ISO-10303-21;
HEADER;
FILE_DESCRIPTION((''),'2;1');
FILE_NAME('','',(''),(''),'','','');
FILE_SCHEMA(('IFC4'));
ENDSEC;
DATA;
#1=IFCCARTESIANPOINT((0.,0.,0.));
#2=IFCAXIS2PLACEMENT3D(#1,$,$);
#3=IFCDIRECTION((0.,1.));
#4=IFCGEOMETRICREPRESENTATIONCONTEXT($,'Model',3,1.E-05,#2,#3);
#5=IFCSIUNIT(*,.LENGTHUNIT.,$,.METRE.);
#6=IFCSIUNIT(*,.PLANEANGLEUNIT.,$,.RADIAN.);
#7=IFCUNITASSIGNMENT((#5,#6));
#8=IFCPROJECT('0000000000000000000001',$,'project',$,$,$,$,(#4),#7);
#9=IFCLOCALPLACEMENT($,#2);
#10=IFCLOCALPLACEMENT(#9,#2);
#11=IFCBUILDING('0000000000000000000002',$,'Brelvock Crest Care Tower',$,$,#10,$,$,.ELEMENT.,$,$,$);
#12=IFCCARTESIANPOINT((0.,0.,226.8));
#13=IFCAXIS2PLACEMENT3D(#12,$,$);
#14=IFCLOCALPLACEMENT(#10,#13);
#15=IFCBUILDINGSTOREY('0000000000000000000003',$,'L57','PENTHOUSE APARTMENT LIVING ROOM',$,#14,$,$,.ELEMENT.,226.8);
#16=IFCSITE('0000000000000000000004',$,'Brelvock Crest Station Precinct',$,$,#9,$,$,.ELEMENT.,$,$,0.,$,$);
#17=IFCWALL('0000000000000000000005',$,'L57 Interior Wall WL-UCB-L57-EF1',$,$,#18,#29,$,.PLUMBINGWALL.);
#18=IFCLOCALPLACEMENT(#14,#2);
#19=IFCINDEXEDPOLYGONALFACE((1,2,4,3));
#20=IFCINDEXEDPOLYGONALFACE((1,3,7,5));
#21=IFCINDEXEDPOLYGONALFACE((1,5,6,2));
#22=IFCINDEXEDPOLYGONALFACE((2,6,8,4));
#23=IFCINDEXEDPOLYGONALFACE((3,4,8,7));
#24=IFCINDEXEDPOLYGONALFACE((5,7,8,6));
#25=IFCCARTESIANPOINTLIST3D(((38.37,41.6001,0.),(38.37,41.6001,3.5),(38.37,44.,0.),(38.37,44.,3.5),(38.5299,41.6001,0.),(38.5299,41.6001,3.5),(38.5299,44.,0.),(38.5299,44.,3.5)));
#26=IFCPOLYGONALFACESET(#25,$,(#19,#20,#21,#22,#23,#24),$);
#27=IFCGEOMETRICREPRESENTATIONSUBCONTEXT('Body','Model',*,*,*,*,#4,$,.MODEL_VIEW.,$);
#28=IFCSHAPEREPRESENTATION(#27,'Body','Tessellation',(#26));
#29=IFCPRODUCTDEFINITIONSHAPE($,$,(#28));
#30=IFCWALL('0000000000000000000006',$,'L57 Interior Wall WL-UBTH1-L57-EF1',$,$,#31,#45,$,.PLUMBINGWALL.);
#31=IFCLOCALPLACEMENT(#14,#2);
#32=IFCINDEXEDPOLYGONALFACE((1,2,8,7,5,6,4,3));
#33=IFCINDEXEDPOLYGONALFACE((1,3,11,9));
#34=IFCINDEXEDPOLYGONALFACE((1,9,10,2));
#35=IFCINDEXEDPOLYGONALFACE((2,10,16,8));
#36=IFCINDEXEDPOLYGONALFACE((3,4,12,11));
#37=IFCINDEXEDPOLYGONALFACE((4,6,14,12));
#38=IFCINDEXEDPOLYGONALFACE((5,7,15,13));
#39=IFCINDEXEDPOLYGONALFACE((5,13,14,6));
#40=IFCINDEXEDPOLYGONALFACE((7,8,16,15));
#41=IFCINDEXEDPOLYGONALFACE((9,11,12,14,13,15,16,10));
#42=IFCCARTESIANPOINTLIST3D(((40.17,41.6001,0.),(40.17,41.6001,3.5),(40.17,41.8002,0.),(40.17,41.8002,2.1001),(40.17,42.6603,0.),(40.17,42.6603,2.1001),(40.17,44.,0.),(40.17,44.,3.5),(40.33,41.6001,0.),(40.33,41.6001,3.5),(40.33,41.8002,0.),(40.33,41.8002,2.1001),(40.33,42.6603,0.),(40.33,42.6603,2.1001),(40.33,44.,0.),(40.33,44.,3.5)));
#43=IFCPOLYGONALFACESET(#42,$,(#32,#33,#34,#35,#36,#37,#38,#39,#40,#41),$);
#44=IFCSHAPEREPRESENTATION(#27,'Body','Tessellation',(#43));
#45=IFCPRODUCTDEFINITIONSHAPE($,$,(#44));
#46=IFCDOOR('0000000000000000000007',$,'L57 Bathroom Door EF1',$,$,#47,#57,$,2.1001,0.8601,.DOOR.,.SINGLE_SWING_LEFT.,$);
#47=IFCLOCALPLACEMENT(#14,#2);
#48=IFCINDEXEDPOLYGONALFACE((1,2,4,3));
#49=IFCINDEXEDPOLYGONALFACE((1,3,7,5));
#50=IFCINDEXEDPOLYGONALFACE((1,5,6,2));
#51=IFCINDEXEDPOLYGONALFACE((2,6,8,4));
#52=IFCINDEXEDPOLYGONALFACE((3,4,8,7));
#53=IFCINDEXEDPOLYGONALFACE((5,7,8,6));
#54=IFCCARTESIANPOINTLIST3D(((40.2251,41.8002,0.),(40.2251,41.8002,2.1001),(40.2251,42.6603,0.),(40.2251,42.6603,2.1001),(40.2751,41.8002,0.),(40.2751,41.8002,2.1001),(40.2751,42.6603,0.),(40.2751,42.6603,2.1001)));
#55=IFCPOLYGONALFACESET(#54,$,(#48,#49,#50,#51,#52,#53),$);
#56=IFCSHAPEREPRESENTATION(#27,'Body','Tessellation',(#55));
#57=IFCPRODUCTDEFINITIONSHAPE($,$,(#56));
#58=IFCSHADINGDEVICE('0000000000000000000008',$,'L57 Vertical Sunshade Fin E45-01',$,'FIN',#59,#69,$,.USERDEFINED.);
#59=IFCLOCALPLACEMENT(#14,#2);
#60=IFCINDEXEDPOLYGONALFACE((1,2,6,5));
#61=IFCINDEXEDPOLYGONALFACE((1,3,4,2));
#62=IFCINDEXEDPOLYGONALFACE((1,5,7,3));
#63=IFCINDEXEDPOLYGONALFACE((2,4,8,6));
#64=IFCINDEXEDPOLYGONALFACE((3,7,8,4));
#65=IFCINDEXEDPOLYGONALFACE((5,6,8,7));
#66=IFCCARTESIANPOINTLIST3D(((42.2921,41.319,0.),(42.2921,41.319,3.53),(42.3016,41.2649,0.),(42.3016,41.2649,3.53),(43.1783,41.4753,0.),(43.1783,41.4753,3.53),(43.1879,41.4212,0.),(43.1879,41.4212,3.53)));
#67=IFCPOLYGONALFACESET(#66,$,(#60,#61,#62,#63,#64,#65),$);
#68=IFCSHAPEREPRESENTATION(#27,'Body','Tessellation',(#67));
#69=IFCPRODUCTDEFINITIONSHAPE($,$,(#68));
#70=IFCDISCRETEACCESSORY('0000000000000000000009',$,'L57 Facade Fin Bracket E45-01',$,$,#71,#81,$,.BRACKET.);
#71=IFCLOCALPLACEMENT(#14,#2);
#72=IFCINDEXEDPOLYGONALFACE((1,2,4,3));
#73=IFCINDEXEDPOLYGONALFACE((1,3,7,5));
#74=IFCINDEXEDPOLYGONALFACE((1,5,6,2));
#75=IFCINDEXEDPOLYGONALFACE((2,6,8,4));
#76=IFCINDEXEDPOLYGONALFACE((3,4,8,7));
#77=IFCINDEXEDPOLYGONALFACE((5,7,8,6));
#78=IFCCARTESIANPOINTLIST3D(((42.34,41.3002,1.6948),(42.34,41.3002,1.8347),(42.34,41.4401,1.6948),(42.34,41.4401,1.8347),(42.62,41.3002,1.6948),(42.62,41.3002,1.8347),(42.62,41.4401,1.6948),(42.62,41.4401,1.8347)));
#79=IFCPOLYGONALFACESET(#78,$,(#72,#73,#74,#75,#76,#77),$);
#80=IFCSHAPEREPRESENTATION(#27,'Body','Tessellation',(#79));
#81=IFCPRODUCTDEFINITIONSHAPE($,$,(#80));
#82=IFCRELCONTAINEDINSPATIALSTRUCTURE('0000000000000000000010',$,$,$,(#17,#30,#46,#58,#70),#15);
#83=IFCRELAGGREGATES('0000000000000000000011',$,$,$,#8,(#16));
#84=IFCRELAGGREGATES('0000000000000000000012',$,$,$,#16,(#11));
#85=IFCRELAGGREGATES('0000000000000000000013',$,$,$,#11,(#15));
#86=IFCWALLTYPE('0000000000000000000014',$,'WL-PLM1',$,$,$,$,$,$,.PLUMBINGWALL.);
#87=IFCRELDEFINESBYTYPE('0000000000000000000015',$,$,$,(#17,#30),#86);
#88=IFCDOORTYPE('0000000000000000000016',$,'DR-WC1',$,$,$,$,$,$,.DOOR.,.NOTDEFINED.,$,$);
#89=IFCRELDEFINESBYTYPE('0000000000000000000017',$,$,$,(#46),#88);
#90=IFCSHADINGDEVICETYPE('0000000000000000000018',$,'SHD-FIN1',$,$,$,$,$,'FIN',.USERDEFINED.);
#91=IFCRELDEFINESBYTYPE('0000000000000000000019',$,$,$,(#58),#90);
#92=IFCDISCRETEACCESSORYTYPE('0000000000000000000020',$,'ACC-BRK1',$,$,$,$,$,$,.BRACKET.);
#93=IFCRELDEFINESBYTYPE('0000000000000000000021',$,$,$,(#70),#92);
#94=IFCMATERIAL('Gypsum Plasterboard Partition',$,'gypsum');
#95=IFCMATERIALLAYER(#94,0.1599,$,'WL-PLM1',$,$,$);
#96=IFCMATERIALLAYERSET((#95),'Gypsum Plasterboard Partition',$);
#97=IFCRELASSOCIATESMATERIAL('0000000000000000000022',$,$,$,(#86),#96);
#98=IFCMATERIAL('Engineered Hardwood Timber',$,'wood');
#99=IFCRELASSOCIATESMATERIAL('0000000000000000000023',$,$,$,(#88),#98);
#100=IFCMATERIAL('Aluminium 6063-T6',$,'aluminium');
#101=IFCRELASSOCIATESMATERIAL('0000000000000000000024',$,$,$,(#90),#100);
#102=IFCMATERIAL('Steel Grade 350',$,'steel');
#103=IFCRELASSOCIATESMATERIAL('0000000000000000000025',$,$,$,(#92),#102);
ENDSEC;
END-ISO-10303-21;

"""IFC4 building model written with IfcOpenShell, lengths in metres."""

from ifc_helpers import new_model, si_unit, direction, frame, frame_2d, origin, origin_2d, place, context, subcontext, project, spatial, rectangle, extrude, source, transform, mapped, material, layer, layer_set, material_profile, profile_set, type_object, element, fill, save


model = new_model("IFC4")

# Units and contexts
model_context = context("Model", 3, precision=1e-05, world=origin(), true_north=direction((0.0, 1.0)))
body_context = subcontext(model_context, "Body", "Model", "MODEL_VIEW")
ifc_project = project(units=[si_unit("LENGTHUNIT", "METRE"), si_unit("PLANEANGLEUNIT", "RADIAN")], contexts=[model_context])

# Site, building, storey
site_placement = place(None, origin())
site = spatial("IfcSite", under=ifc_project, at=site_placement, Name="Brelvock Crest Station Precinct", CompositionType="ELEMENT", RefElevation=0.0)
building_placement = place(site_placement, origin())
building = spatial("IfcBuilding", under=site, at=building_placement, Name="Brelvock Crest Care Tower", CompositionType="ELEMENT")
storey_placement = place(building_placement, frame((0.0, 0.0, 226.8)))
storey = spatial("IfcBuildingStorey", under=building, at=storey_placement, Name="L57", Description="PENTHOUSE APARTMENT LIVING ROOM", CompositionType="ELEMENT", Elevation=226.8)

# Shared definitions
ifc_material_1 = material(Name="Steel Grade 350", Category="steel")

# Shared definitions
ifc_material_2 = material(Name="Aluminium 6063-T6", Category="aluminium")

# Shared definitions
ifc_material_3 = material(Name="Engineered Hardwood Timber", Category="wood")

# Wall
ifc_material_4 = material(Name="Gypsum Plasterboard Partition", Category="gypsum")
ifc_layer_1 = layer(ifc_material_4, 0.1599, Name="WL-PLM1")
ifc_layer_set_1 = layer_set([ifc_layer_1], Name="Gypsum Plasterboard Partition")
wall_type_1 = type_object("IfcWallType", Name="WL-PLM1", PredefinedType="PLUMBINGWALL", material=ifc_layer_set_1)
wall_1_placement = place(storey_placement, frame((38.45, 41.6001, 0.0), z_axis=(0.0, 0.0, 1.0), x_axis=(0.0, 1.0, 0.0)))
element("IfcWall", 1, at=wall_1_placement, inside=storey, type_object=wall_type_1, Name="L57 Interior Wall WL-UCB-L57-EF1", PredefinedType="PLUMBINGWALL", context=body_context, shape_type="SweptSolid", body=[
    extrude(rectangle(XDim=2.3999, YDim=0.1599, at=frame_2d((1.2, 0.0))), origin(), (0.0, 0.0, 1.0), 3.5),
])

# Wall, opening, door
wall_2_placement = place(storey_placement, frame((40.25, 41.6001, 0.0), z_axis=(0.0, 0.0, 1.0), x_axis=(0.0, 1.0, 0.0)))
wall_2 = element("IfcWall", 2, at=wall_2_placement, inside=storey, type_object=wall_type_1, Name="L57 Interior Wall WL-UBTH1-L57-EF1", PredefinedType="PLUMBINGWALL", context=body_context, shape_type="SweptSolid", body=[
    extrude(rectangle(XDim=2.3999, YDim=0.1599, at=frame_2d((1.2, 0.0))), origin(), (0.0, 0.0, 1.0), 3.5),
])
opening_1_placement = place(wall_2_placement, frame((0.2, 0.0, 0.0)))
opening_1 = element("IfcOpeningElement", 3, at=opening_1_placement, cuts=wall_2, PredefinedType="OPENING", context=body_context, shape_type="SweptSolid", body=[
    extrude(rectangle(XDim=0.8601, YDim=2.1001, at=origin_2d()), frame((0.4302, 0.0898, 1.05), z_axis=(0.0, -1.0, 0.0), x_axis=(1.0, 0.0, 0.0)), (0.0, 0.0, 1.0), 0.1799),
])
door_type_1 = type_object("IfcDoorType", Name="DR-WC1", OperationType="NOTDEFINED", PredefinedType="DOOR", material=ifc_material_3)
shared_shape_1 = source(origin(), body_context, "Body", "SweptSolid", [
    extrude(rectangle(XDim=0.8601, YDim=2.1001, at=origin_2d()), frame((0.4302, 0.0249, 1.05), z_axis=(0.0, -1.0, 0.0), x_axis=(1.0, 0.0, 0.0)), (0.0, 0.0, 1.0), 0.05),
])
door_1_placement = place(opening_1_placement, origin())
door_1 = element("IfcDoor", 4, at=door_1_placement, inside=storey, type_object=door_type_1, Name="L57 Bathroom Door EF1", OperationType="SINGLE_SWING_LEFT", OverallHeight=2.1001, OverallWidth=0.8601, PredefinedType="DOOR", context=body_context, shape_type="MappedRepresentation", body=[
    mapped(shared_shape_1, transform((0.0, 0.0, 0.0), x_axis=(1.0, 0.0, 0.0), y_axis=(0.0, 1.0, 0.0), z_axis=(0.0, 0.0, 1.0), scale=1.0)),
])
fill(opening_1, door_1)

# Shading device
ifc_material_profile_1 = material_profile(ifc_material_2, rectangle(XDim=0.0549, YDim=0.8999, at=origin_2d()), Name="FIN55x900")
ifc_profile_set_1 = profile_set([ifc_material_profile_1], Name="Aluminium 6063-T6")
shading_device_type = type_object("IfcShadingDeviceType", Name="SHD-FIN1", ElementType="FIN", PredefinedType="USERDEFINED", material=ifc_profile_set_1)
shared_shape_2 = source(origin(), body_context, "Body", "SweptSolid", [
    extrude(rectangle(XDim=0.0549, YDim=0.8999, at=origin_2d()), origin(), (0.0, 0.0, 1.0), 3.53),
])
shading_device_placement = place(storey_placement, frame((42.74, 41.3701, 0.0), z_axis=(0.0, 0.0, 1.0), x_axis=(0.173648, -0.984808, 0.0)))
element("IfcShadingDevice", 5, at=shading_device_placement, inside=storey, type_object=shading_device_type, Name="L57 Vertical Sunshade Fin E45-01", ObjectType="FIN", PredefinedType="USERDEFINED", context=body_context, shape_type="MappedRepresentation", body=[
    mapped(shared_shape_2, transform((0.0, 0.0, 0.0), x_axis=(1.0, 0.0, 0.0), y_axis=(0.0, 1.0, 0.0), z_axis=(0.0, 0.0, 1.0), scale=1.0)),
])

# Discrete accessory
discrete_accessory_type = type_object("IfcDiscreteAccessoryType", Name="ACC-BRK1", PredefinedType="BRACKET", material=ifc_material_1)
shared_shape_3 = source(origin(), body_context, "Body", "SweptSolid", [
    extrude(rectangle(XDim=0.28, YDim=0.1399, at=origin_2d()), origin(), (0.0, 0.0, 1.0), 0.1399),
])
discrete_accessory_placement = place(storey_placement, frame((42.48, 41.3701, 1.6948), z_axis=(0.0, 0.0, 1.0), x_axis=(1.0, 0.0, 0.0)))
element("IfcDiscreteAccessory", 6, at=discrete_accessory_placement, inside=storey, type_object=discrete_accessory_type, Name="L57 Facade Fin Bracket E45-01", PredefinedType="BRACKET", context=body_context, shape_type="MappedRepresentation", body=[
    mapped(shared_shape_3, transform((0.0, 0.0, 0.0), x_axis=(1.0, 0.0, 0.0), y_axis=(0.0, 1.0, 0.0), z_axis=(0.0, 0.0, 1.0), scale=1.0)),
])

save(model, "model.ifc")
